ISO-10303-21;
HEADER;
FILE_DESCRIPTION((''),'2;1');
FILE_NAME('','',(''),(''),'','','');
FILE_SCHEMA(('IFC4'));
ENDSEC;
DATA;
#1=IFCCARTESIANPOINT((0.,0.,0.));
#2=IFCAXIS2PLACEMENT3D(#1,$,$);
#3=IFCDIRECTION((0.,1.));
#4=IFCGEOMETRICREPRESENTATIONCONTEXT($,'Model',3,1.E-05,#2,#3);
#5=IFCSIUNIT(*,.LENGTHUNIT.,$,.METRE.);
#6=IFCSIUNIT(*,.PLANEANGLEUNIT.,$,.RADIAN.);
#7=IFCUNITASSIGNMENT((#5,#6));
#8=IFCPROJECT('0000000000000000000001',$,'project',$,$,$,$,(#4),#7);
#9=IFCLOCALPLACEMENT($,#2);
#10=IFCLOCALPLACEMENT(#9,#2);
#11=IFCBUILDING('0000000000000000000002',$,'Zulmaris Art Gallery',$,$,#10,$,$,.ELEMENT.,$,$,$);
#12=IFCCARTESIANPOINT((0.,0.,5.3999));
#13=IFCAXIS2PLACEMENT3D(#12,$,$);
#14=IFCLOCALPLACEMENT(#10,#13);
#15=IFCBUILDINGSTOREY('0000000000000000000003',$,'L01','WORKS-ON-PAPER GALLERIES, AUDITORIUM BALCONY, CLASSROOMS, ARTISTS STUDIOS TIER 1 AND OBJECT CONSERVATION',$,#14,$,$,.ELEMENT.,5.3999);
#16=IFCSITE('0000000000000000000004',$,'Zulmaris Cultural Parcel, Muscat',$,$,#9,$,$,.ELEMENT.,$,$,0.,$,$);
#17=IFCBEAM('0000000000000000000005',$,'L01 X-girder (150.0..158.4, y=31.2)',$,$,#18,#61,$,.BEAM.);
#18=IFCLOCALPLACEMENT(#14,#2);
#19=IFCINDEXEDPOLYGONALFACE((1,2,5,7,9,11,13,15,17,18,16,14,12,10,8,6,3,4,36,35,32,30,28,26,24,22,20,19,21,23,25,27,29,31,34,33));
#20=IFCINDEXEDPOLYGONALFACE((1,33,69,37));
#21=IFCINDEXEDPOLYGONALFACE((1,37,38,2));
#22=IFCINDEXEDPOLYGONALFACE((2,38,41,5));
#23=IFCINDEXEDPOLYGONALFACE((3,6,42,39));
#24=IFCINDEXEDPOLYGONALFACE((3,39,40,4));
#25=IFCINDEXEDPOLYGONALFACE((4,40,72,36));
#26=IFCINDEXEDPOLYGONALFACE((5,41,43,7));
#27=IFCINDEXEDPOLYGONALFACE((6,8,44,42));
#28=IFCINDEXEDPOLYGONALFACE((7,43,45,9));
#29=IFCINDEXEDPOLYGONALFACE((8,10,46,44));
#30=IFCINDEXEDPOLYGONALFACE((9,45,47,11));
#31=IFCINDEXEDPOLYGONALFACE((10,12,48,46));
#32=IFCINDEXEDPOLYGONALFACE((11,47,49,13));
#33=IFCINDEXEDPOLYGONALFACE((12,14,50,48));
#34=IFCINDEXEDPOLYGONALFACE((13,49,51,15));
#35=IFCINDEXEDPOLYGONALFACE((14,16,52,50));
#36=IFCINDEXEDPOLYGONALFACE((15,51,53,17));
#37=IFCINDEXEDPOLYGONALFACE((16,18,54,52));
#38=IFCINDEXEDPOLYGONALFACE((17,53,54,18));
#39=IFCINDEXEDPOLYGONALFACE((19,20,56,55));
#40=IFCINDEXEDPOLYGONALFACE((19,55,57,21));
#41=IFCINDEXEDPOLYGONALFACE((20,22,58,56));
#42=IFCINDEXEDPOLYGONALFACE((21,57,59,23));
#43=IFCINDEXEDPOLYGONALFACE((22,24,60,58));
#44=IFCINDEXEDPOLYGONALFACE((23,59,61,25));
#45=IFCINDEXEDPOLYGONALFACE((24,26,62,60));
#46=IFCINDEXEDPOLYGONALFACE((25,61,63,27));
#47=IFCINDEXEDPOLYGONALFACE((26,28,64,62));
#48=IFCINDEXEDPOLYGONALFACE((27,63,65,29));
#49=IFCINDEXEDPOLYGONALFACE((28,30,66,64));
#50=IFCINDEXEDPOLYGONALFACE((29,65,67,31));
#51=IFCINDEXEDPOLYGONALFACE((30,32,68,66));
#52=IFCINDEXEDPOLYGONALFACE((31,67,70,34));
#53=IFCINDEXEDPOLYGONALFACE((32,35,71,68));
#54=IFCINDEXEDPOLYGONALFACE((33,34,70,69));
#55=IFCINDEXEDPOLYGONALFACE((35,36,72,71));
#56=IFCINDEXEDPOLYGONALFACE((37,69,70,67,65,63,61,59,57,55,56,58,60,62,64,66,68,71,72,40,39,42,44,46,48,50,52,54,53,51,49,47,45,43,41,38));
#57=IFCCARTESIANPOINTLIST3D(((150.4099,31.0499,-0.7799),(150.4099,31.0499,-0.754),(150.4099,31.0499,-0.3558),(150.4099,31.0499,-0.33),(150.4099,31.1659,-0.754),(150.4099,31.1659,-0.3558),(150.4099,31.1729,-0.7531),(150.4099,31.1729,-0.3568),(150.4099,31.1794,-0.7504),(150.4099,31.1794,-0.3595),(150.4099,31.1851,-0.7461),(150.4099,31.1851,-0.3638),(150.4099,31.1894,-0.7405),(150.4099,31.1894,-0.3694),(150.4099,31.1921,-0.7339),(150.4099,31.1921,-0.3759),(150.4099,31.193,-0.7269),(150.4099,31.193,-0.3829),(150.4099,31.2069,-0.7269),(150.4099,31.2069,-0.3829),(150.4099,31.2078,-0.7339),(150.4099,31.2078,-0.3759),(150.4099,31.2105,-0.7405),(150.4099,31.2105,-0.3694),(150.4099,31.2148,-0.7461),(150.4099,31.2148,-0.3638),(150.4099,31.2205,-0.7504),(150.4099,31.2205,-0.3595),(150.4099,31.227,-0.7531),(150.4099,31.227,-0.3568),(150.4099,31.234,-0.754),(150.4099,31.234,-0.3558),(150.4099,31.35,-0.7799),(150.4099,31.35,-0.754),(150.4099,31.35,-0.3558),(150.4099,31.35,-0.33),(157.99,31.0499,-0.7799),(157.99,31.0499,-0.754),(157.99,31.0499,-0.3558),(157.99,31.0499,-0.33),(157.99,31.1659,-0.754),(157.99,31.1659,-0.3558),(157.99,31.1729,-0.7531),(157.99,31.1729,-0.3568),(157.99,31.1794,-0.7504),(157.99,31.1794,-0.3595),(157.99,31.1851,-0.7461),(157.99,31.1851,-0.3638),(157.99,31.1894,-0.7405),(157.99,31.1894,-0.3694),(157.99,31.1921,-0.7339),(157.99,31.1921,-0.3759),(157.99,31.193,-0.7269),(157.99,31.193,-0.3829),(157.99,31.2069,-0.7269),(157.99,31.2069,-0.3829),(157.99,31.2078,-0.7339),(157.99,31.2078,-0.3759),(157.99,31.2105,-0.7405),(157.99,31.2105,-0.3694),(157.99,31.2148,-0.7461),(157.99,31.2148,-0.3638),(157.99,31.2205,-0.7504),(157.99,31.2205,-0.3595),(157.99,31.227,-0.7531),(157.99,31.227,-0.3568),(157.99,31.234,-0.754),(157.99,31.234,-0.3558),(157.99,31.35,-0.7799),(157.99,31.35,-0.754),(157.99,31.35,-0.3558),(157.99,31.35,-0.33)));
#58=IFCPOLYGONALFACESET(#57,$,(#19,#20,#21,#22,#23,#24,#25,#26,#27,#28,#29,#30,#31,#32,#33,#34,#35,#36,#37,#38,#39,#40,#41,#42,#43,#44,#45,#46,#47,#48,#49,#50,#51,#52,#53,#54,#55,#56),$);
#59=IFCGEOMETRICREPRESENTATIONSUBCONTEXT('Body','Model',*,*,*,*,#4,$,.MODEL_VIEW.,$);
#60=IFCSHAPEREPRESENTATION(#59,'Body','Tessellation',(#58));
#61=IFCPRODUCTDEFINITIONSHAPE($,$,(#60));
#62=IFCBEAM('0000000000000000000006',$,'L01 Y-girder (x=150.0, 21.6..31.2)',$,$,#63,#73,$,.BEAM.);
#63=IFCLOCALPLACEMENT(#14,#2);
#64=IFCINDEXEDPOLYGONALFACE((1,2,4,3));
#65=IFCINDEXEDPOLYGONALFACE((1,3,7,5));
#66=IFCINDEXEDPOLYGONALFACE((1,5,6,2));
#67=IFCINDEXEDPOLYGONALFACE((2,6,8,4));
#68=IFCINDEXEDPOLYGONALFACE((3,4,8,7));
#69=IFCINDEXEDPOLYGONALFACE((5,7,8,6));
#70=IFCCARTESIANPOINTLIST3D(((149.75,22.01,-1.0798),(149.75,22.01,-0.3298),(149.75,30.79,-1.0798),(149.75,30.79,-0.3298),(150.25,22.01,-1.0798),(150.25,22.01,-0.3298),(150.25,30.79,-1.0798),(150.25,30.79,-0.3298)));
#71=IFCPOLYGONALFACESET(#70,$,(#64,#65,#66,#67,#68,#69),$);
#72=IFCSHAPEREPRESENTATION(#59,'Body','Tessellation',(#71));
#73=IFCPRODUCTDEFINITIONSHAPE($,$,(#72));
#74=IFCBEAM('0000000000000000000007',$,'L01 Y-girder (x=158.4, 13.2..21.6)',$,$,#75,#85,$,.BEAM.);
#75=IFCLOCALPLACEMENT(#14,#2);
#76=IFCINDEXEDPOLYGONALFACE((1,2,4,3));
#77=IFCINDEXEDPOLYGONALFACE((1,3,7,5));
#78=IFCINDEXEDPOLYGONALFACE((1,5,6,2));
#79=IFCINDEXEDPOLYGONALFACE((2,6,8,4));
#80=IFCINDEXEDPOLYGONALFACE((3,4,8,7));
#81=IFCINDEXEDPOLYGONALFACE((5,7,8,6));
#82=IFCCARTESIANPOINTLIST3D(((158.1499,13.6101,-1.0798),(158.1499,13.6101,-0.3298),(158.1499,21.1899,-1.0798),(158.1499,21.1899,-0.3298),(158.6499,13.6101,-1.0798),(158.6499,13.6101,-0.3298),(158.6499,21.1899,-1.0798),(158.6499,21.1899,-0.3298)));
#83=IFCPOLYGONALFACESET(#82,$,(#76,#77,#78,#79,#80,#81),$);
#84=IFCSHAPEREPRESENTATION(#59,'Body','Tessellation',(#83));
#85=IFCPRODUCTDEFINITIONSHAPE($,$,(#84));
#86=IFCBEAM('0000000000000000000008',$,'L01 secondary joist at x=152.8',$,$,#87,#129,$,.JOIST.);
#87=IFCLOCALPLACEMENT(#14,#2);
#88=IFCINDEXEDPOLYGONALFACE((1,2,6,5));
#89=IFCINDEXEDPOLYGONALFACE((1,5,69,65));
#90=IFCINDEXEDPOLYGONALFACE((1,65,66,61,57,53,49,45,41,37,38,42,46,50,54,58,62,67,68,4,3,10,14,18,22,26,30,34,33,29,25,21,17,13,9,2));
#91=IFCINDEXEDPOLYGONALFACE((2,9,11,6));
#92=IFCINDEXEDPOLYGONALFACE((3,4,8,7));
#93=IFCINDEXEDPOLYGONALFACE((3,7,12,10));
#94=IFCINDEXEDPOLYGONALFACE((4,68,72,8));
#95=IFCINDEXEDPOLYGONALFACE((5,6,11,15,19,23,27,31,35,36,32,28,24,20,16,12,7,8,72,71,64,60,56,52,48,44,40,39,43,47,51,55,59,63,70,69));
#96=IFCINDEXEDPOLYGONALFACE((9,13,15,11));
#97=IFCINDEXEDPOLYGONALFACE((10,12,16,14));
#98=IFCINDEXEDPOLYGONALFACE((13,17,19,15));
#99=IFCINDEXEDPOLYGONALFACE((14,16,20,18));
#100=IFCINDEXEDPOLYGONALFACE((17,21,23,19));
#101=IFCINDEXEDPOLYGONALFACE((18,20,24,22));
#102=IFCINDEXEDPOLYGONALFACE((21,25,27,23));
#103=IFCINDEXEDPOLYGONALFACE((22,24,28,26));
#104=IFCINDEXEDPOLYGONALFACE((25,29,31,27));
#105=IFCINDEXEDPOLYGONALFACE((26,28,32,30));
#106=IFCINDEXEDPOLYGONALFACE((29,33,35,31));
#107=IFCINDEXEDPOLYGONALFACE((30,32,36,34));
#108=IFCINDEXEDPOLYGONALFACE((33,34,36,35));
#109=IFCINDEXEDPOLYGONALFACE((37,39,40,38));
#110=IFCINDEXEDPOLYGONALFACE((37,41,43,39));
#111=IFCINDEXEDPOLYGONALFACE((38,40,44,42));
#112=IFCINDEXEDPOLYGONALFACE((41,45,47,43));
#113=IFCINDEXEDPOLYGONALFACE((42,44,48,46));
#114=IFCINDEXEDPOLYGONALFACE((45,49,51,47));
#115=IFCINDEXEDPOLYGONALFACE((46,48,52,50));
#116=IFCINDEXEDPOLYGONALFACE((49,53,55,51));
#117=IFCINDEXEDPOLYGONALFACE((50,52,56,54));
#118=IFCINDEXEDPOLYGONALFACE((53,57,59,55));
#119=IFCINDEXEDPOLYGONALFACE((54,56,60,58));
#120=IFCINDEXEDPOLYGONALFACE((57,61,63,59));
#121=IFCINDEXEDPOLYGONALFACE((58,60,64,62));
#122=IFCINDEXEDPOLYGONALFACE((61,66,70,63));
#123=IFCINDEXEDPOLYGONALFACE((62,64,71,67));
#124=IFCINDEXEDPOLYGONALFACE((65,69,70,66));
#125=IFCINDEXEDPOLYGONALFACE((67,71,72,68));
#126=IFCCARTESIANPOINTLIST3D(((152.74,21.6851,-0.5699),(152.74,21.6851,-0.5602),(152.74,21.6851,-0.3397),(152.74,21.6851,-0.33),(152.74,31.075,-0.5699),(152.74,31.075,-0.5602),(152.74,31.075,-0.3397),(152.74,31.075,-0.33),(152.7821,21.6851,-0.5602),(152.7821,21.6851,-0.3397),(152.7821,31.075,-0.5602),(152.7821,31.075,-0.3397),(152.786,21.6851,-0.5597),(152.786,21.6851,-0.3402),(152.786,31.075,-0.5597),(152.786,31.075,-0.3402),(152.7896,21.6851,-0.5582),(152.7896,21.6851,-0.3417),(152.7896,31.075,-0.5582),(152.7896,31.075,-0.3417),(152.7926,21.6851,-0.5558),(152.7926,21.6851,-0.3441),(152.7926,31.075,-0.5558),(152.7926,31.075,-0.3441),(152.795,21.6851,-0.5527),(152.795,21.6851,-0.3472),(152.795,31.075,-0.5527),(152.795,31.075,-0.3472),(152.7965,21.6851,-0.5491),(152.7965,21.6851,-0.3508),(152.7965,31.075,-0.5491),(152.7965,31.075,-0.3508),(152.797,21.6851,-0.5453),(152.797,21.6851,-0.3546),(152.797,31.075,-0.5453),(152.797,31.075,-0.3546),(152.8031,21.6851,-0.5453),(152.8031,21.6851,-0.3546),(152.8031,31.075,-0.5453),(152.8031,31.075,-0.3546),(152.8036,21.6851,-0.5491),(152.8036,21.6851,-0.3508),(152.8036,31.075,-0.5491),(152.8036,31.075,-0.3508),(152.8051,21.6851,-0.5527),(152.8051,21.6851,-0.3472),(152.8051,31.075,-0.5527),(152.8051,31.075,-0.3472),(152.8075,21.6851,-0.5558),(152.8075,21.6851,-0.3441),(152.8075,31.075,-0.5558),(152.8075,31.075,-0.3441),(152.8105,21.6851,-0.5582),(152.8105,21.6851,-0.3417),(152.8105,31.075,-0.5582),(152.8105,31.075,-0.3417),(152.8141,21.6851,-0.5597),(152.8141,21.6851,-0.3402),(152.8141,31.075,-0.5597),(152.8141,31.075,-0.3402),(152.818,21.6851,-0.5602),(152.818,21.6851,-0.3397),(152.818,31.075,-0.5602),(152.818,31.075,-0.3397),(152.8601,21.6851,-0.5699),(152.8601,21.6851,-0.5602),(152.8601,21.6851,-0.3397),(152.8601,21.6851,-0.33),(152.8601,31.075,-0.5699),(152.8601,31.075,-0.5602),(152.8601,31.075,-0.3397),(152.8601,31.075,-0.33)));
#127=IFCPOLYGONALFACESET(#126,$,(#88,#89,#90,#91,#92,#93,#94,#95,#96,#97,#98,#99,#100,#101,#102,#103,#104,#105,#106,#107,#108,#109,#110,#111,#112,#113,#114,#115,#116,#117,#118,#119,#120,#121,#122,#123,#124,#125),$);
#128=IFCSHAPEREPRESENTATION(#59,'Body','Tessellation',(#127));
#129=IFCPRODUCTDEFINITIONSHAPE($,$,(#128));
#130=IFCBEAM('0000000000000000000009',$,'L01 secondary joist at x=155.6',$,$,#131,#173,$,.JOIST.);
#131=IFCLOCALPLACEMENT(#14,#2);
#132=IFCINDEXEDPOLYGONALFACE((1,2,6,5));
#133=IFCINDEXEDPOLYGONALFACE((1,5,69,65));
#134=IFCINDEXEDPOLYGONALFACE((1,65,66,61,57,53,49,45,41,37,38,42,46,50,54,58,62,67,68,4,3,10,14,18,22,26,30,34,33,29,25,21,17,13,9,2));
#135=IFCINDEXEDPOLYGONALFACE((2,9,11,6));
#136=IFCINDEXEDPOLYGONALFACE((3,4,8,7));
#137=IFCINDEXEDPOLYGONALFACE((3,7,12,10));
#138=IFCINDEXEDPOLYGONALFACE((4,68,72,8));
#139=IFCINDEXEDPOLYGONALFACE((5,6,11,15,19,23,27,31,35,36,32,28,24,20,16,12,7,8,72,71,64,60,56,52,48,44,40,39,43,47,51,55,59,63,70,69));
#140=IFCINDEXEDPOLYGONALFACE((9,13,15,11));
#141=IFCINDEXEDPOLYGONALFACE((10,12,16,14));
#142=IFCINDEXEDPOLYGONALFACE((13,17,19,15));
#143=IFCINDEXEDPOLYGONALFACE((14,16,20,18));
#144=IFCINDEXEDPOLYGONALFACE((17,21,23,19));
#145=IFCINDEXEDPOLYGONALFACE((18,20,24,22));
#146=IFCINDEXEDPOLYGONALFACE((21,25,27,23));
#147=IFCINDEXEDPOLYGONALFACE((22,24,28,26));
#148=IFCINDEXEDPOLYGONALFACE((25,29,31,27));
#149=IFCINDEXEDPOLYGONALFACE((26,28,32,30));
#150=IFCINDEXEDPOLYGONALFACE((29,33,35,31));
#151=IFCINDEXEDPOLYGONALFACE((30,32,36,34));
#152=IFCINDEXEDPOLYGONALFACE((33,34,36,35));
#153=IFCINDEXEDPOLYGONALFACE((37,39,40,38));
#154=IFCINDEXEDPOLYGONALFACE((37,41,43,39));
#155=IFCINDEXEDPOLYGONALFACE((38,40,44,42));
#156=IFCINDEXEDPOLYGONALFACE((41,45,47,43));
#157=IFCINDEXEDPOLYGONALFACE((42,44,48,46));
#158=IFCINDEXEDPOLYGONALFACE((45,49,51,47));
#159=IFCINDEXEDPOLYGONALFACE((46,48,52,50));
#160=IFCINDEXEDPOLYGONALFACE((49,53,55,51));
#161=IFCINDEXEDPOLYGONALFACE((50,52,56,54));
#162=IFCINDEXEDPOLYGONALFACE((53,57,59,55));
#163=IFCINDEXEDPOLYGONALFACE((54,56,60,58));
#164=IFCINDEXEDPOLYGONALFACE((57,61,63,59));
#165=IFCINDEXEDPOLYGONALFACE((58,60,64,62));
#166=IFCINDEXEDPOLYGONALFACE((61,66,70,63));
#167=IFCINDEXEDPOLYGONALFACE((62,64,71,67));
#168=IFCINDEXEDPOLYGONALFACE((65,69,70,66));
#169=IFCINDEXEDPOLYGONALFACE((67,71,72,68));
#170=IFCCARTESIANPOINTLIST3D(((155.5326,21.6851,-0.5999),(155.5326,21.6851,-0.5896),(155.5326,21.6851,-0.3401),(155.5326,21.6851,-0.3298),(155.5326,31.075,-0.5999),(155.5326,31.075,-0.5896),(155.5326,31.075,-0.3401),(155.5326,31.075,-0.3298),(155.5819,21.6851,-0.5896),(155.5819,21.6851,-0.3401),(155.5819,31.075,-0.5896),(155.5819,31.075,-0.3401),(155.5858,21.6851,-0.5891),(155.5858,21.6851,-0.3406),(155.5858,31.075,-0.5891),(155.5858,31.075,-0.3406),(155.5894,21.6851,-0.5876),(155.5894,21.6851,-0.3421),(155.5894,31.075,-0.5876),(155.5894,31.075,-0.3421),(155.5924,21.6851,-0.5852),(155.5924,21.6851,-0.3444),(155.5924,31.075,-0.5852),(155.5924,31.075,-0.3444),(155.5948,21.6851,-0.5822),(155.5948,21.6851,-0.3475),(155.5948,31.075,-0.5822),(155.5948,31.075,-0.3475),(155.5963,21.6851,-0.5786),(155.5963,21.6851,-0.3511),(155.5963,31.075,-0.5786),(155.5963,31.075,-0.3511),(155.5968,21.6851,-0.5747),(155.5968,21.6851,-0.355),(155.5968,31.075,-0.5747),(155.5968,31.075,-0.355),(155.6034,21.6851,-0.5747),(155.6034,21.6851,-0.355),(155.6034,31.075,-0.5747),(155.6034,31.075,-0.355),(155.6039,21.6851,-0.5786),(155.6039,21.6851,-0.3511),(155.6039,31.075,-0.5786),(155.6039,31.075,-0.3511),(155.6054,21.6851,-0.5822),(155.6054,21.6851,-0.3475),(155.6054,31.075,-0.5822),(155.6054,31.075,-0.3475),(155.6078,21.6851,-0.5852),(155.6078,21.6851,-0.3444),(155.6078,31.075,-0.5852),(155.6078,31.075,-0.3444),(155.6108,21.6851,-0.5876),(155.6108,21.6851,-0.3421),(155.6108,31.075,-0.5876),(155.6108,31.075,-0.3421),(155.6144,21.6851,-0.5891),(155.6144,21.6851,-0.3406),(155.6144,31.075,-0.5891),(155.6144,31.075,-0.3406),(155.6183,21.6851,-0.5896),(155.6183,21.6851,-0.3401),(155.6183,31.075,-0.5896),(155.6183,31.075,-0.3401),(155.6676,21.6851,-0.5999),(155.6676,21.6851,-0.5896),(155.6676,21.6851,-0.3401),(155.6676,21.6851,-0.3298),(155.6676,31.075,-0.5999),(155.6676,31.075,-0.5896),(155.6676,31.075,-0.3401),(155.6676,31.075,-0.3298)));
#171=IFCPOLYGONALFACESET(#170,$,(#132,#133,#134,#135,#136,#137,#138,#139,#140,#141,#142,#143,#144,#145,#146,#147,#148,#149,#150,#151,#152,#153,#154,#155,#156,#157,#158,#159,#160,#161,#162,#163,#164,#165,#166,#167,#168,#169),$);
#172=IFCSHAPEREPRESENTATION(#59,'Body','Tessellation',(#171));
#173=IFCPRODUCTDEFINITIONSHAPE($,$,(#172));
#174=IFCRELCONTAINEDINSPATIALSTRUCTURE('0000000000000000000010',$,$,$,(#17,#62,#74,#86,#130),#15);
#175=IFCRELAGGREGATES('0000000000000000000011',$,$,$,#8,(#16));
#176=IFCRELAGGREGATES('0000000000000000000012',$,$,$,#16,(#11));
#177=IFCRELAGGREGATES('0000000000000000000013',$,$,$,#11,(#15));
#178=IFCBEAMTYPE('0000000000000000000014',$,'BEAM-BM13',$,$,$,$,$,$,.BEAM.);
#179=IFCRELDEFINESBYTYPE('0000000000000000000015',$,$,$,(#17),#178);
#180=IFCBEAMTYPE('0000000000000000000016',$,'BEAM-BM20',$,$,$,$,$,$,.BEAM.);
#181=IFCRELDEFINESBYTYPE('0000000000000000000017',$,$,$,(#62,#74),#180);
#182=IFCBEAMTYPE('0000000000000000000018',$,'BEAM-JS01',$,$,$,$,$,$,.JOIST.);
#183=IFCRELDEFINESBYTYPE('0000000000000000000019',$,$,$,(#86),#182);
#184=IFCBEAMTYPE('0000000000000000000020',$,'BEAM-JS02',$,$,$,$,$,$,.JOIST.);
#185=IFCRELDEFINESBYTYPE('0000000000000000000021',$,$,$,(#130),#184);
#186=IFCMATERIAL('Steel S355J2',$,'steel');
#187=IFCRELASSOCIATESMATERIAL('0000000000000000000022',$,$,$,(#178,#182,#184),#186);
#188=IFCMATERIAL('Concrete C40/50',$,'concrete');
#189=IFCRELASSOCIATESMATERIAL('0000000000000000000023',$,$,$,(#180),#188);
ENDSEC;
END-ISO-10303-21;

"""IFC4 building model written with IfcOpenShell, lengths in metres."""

from ifc_helpers import new_model, si_unit, direction, frame, origin, origin_2d, place, context, subcontext, project, spatial, rectangle, i_section, extrude, material, material_profile, profile_set, type_object, element, save


model = new_model("IFC4")

# Units and contexts
model_context = context("Model", 3, precision=1e-05, world=origin(), true_north=direction((0.0, 1.0)))
body_context = subcontext(model_context, "Body", "Model", "MODEL_VIEW")
ifc_project = project(units=[si_unit("LENGTHUNIT", "METRE"), si_unit("PLANEANGLEUNIT", "RADIAN")], contexts=[model_context])

# Site, building, storey
site_placement = place(None, origin())
site = spatial("IfcSite", under=ifc_project, at=site_placement, Name="Zulmaris Cultural Parcel, Muscat", CompositionType="ELEMENT", RefElevation=0.0)
building_placement = place(site_placement, origin())
building = spatial("IfcBuilding", under=site, at=building_placement, Name="Zulmaris Art Gallery", CompositionType="ELEMENT")
storey_placement = place(building_placement, frame((0.0, 0.0, 5.3999)))
storey = spatial("IfcBuildingStorey", under=building, at=storey_placement, Name="L01", Description="WORKS-ON-PAPER GALLERIES, AUDITORIUM BALCONY, CLASSROOMS, ARTISTS STUDIOS TIER 1 AND OBJECT CONSERVATION", CompositionType="ELEMENT", Elevation=5.3999)

# Beams
ifc_material_1 = material(Name="Steel S355J2", Category="steel")
ifc_material_profile_1 = material_profile(ifc_material_1, i_section(OverallWidth=0.3, OverallDepth=0.45, WebThickness=0.0139, FlangeThickness=0.0259, FilletRadius=0.0271, at=origin_2d()), Name="HEB 450")
ifc_profile_set_1 = profile_set([ifc_material_profile_1], Name="Steel S355J2")
beam_type_1 = type_object("IfcBeamType", Name="BEAM-BM13", PredefinedType="BEAM", material=ifc_profile_set_1)
beam_1_placement = place(storey_placement, frame((150.4099, 31.2, -0.5549), z_axis=(1.0, 0.0, 0.0), x_axis=(0.0, 1.0, 0.0)))
element("IfcBeam", 1, at=beam_1_placement, inside=storey, type_object=beam_type_1, Name="L01 X-girder (150.0..158.4, y=31.2)", PredefinedType="BEAM", context=body_context, shape_type="SweptSolid", body=[
    extrude(i_section(OverallWidth=0.3, OverallDepth=0.45, WebThickness=0.0139, FlangeThickness=0.0259, FilletRadius=0.0271, at=origin_2d()), origin(), (0.0, 0.0, 1.0), 7.5801),
])
ifc_material_2 = material(Name="Concrete C40/50", Category="concrete")
ifc_material_profile_2 = material_profile(ifc_material_2, rectangle(XDim=0.5, YDim=0.75, at=origin_2d()), Name="RC 500x750")
ifc_profile_set_2 = profile_set([ifc_material_profile_2], Name="Concrete C40/50")
beam_type_2 = type_object("IfcBeamType", Name="BEAM-BM20", PredefinedType="BEAM", material=ifc_profile_set_2)
beam_2_placement = place(storey_placement, frame((150.0, 22.01, -0.7048), z_axis=(0.0, 1.0, 0.0), x_axis=(-1.0, 0.0, 0.0)))
element("IfcBeam", 2, at=beam_2_placement, inside=storey, type_object=beam_type_2, Name="L01 Y-girder (x=150.0, 21.6..31.2)", PredefinedType="BEAM", context=body_context, shape_type="SweptSolid", body=[
    extrude(rectangle(XDim=0.5, YDim=0.75, at=origin_2d()), origin(), (0.0, 0.0, 1.0), 8.78),
])
beam_3_placement = place(storey_placement, frame((158.3999, 13.6101, -0.7048), z_axis=(0.0, 1.0, 0.0), x_axis=(-1.0, 0.0, 0.0)))
element("IfcBeam", 3, at=beam_3_placement, inside=storey, type_object=beam_type_2, Name="L01 Y-girder (x=158.4, 13.2..21.6)", PredefinedType="BEAM", context=body_context, shape_type="SweptSolid", body=[
    extrude(rectangle(XDim=0.5, YDim=0.75, at=origin_2d()), origin(), (0.0, 0.0, 1.0), 7.5798),
])
ifc_material_profile_3 = material_profile(ifc_material_1, i_section(OverallWidth=0.1201, OverallDepth=0.24, WebThickness=0.0061, FlangeThickness=0.0098, FilletRadius=0.0149, at=origin_2d()), Name="IPE 240")
ifc_profile_set_3 = profile_set([ifc_material_profile_3], Name="Steel S355J2")
beam_type_3 = type_object("IfcBeamType", Name="BEAM-JS01", PredefinedType="JOIST", material=ifc_profile_set_3)
beam_4_placement = place(storey_placement, frame((152.8, 21.6851, -0.45), z_axis=(0.0, 1.0, 0.0), x_axis=(-1.0, 0.0, 0.0)))
element("IfcBeam", 4, at=beam_4_placement, inside=storey, type_object=beam_type_3, Name="L01 secondary joist at x=152.8", PredefinedType="JOIST", context=body_context, shape_type="SweptSolid", body=[
    extrude(i_section(OverallWidth=0.1201, OverallDepth=0.24, WebThickness=0.0061, FlangeThickness=0.0098, FilletRadius=0.0149, at=origin_2d()), origin(), (0.0, 0.0, 1.0), 9.3899),
])
ifc_material_profile_4 = material_profile(ifc_material_1, i_section(OverallWidth=0.135, OverallDepth=0.27, WebThickness=0.0066, FlangeThickness=0.0103, FilletRadius=0.0149, at=origin_2d()), Name="IPE 270")
ifc_profile_set_4 = profile_set([ifc_material_profile_4], Name="Steel S355J2")
beam_type_4 = type_object("IfcBeamType", Name="BEAM-JS02", PredefinedType="JOIST", material=ifc_profile_set_4)
beam_5_placement = place(storey_placement, frame((155.6001, 21.6851, -0.4648), z_axis=(0.0, 1.0, 0.0), x_axis=(-1.0, 0.0, 0.0)))
element("IfcBeam", 5, at=beam_5_placement, inside=storey, type_object=beam_type_4, Name="L01 secondary joist at x=155.6", PredefinedType="JOIST", context=body_context, shape_type="SweptSolid", body=[
    extrude(i_section(OverallWidth=0.135, OverallDepth=0.27, WebThickness=0.0066, FlangeThickness=0.0103, FilletRadius=0.0149, at=origin_2d()), origin(), (0.0, 0.0, 1.0), 9.3899),
])

save(model, "model.ifc")
